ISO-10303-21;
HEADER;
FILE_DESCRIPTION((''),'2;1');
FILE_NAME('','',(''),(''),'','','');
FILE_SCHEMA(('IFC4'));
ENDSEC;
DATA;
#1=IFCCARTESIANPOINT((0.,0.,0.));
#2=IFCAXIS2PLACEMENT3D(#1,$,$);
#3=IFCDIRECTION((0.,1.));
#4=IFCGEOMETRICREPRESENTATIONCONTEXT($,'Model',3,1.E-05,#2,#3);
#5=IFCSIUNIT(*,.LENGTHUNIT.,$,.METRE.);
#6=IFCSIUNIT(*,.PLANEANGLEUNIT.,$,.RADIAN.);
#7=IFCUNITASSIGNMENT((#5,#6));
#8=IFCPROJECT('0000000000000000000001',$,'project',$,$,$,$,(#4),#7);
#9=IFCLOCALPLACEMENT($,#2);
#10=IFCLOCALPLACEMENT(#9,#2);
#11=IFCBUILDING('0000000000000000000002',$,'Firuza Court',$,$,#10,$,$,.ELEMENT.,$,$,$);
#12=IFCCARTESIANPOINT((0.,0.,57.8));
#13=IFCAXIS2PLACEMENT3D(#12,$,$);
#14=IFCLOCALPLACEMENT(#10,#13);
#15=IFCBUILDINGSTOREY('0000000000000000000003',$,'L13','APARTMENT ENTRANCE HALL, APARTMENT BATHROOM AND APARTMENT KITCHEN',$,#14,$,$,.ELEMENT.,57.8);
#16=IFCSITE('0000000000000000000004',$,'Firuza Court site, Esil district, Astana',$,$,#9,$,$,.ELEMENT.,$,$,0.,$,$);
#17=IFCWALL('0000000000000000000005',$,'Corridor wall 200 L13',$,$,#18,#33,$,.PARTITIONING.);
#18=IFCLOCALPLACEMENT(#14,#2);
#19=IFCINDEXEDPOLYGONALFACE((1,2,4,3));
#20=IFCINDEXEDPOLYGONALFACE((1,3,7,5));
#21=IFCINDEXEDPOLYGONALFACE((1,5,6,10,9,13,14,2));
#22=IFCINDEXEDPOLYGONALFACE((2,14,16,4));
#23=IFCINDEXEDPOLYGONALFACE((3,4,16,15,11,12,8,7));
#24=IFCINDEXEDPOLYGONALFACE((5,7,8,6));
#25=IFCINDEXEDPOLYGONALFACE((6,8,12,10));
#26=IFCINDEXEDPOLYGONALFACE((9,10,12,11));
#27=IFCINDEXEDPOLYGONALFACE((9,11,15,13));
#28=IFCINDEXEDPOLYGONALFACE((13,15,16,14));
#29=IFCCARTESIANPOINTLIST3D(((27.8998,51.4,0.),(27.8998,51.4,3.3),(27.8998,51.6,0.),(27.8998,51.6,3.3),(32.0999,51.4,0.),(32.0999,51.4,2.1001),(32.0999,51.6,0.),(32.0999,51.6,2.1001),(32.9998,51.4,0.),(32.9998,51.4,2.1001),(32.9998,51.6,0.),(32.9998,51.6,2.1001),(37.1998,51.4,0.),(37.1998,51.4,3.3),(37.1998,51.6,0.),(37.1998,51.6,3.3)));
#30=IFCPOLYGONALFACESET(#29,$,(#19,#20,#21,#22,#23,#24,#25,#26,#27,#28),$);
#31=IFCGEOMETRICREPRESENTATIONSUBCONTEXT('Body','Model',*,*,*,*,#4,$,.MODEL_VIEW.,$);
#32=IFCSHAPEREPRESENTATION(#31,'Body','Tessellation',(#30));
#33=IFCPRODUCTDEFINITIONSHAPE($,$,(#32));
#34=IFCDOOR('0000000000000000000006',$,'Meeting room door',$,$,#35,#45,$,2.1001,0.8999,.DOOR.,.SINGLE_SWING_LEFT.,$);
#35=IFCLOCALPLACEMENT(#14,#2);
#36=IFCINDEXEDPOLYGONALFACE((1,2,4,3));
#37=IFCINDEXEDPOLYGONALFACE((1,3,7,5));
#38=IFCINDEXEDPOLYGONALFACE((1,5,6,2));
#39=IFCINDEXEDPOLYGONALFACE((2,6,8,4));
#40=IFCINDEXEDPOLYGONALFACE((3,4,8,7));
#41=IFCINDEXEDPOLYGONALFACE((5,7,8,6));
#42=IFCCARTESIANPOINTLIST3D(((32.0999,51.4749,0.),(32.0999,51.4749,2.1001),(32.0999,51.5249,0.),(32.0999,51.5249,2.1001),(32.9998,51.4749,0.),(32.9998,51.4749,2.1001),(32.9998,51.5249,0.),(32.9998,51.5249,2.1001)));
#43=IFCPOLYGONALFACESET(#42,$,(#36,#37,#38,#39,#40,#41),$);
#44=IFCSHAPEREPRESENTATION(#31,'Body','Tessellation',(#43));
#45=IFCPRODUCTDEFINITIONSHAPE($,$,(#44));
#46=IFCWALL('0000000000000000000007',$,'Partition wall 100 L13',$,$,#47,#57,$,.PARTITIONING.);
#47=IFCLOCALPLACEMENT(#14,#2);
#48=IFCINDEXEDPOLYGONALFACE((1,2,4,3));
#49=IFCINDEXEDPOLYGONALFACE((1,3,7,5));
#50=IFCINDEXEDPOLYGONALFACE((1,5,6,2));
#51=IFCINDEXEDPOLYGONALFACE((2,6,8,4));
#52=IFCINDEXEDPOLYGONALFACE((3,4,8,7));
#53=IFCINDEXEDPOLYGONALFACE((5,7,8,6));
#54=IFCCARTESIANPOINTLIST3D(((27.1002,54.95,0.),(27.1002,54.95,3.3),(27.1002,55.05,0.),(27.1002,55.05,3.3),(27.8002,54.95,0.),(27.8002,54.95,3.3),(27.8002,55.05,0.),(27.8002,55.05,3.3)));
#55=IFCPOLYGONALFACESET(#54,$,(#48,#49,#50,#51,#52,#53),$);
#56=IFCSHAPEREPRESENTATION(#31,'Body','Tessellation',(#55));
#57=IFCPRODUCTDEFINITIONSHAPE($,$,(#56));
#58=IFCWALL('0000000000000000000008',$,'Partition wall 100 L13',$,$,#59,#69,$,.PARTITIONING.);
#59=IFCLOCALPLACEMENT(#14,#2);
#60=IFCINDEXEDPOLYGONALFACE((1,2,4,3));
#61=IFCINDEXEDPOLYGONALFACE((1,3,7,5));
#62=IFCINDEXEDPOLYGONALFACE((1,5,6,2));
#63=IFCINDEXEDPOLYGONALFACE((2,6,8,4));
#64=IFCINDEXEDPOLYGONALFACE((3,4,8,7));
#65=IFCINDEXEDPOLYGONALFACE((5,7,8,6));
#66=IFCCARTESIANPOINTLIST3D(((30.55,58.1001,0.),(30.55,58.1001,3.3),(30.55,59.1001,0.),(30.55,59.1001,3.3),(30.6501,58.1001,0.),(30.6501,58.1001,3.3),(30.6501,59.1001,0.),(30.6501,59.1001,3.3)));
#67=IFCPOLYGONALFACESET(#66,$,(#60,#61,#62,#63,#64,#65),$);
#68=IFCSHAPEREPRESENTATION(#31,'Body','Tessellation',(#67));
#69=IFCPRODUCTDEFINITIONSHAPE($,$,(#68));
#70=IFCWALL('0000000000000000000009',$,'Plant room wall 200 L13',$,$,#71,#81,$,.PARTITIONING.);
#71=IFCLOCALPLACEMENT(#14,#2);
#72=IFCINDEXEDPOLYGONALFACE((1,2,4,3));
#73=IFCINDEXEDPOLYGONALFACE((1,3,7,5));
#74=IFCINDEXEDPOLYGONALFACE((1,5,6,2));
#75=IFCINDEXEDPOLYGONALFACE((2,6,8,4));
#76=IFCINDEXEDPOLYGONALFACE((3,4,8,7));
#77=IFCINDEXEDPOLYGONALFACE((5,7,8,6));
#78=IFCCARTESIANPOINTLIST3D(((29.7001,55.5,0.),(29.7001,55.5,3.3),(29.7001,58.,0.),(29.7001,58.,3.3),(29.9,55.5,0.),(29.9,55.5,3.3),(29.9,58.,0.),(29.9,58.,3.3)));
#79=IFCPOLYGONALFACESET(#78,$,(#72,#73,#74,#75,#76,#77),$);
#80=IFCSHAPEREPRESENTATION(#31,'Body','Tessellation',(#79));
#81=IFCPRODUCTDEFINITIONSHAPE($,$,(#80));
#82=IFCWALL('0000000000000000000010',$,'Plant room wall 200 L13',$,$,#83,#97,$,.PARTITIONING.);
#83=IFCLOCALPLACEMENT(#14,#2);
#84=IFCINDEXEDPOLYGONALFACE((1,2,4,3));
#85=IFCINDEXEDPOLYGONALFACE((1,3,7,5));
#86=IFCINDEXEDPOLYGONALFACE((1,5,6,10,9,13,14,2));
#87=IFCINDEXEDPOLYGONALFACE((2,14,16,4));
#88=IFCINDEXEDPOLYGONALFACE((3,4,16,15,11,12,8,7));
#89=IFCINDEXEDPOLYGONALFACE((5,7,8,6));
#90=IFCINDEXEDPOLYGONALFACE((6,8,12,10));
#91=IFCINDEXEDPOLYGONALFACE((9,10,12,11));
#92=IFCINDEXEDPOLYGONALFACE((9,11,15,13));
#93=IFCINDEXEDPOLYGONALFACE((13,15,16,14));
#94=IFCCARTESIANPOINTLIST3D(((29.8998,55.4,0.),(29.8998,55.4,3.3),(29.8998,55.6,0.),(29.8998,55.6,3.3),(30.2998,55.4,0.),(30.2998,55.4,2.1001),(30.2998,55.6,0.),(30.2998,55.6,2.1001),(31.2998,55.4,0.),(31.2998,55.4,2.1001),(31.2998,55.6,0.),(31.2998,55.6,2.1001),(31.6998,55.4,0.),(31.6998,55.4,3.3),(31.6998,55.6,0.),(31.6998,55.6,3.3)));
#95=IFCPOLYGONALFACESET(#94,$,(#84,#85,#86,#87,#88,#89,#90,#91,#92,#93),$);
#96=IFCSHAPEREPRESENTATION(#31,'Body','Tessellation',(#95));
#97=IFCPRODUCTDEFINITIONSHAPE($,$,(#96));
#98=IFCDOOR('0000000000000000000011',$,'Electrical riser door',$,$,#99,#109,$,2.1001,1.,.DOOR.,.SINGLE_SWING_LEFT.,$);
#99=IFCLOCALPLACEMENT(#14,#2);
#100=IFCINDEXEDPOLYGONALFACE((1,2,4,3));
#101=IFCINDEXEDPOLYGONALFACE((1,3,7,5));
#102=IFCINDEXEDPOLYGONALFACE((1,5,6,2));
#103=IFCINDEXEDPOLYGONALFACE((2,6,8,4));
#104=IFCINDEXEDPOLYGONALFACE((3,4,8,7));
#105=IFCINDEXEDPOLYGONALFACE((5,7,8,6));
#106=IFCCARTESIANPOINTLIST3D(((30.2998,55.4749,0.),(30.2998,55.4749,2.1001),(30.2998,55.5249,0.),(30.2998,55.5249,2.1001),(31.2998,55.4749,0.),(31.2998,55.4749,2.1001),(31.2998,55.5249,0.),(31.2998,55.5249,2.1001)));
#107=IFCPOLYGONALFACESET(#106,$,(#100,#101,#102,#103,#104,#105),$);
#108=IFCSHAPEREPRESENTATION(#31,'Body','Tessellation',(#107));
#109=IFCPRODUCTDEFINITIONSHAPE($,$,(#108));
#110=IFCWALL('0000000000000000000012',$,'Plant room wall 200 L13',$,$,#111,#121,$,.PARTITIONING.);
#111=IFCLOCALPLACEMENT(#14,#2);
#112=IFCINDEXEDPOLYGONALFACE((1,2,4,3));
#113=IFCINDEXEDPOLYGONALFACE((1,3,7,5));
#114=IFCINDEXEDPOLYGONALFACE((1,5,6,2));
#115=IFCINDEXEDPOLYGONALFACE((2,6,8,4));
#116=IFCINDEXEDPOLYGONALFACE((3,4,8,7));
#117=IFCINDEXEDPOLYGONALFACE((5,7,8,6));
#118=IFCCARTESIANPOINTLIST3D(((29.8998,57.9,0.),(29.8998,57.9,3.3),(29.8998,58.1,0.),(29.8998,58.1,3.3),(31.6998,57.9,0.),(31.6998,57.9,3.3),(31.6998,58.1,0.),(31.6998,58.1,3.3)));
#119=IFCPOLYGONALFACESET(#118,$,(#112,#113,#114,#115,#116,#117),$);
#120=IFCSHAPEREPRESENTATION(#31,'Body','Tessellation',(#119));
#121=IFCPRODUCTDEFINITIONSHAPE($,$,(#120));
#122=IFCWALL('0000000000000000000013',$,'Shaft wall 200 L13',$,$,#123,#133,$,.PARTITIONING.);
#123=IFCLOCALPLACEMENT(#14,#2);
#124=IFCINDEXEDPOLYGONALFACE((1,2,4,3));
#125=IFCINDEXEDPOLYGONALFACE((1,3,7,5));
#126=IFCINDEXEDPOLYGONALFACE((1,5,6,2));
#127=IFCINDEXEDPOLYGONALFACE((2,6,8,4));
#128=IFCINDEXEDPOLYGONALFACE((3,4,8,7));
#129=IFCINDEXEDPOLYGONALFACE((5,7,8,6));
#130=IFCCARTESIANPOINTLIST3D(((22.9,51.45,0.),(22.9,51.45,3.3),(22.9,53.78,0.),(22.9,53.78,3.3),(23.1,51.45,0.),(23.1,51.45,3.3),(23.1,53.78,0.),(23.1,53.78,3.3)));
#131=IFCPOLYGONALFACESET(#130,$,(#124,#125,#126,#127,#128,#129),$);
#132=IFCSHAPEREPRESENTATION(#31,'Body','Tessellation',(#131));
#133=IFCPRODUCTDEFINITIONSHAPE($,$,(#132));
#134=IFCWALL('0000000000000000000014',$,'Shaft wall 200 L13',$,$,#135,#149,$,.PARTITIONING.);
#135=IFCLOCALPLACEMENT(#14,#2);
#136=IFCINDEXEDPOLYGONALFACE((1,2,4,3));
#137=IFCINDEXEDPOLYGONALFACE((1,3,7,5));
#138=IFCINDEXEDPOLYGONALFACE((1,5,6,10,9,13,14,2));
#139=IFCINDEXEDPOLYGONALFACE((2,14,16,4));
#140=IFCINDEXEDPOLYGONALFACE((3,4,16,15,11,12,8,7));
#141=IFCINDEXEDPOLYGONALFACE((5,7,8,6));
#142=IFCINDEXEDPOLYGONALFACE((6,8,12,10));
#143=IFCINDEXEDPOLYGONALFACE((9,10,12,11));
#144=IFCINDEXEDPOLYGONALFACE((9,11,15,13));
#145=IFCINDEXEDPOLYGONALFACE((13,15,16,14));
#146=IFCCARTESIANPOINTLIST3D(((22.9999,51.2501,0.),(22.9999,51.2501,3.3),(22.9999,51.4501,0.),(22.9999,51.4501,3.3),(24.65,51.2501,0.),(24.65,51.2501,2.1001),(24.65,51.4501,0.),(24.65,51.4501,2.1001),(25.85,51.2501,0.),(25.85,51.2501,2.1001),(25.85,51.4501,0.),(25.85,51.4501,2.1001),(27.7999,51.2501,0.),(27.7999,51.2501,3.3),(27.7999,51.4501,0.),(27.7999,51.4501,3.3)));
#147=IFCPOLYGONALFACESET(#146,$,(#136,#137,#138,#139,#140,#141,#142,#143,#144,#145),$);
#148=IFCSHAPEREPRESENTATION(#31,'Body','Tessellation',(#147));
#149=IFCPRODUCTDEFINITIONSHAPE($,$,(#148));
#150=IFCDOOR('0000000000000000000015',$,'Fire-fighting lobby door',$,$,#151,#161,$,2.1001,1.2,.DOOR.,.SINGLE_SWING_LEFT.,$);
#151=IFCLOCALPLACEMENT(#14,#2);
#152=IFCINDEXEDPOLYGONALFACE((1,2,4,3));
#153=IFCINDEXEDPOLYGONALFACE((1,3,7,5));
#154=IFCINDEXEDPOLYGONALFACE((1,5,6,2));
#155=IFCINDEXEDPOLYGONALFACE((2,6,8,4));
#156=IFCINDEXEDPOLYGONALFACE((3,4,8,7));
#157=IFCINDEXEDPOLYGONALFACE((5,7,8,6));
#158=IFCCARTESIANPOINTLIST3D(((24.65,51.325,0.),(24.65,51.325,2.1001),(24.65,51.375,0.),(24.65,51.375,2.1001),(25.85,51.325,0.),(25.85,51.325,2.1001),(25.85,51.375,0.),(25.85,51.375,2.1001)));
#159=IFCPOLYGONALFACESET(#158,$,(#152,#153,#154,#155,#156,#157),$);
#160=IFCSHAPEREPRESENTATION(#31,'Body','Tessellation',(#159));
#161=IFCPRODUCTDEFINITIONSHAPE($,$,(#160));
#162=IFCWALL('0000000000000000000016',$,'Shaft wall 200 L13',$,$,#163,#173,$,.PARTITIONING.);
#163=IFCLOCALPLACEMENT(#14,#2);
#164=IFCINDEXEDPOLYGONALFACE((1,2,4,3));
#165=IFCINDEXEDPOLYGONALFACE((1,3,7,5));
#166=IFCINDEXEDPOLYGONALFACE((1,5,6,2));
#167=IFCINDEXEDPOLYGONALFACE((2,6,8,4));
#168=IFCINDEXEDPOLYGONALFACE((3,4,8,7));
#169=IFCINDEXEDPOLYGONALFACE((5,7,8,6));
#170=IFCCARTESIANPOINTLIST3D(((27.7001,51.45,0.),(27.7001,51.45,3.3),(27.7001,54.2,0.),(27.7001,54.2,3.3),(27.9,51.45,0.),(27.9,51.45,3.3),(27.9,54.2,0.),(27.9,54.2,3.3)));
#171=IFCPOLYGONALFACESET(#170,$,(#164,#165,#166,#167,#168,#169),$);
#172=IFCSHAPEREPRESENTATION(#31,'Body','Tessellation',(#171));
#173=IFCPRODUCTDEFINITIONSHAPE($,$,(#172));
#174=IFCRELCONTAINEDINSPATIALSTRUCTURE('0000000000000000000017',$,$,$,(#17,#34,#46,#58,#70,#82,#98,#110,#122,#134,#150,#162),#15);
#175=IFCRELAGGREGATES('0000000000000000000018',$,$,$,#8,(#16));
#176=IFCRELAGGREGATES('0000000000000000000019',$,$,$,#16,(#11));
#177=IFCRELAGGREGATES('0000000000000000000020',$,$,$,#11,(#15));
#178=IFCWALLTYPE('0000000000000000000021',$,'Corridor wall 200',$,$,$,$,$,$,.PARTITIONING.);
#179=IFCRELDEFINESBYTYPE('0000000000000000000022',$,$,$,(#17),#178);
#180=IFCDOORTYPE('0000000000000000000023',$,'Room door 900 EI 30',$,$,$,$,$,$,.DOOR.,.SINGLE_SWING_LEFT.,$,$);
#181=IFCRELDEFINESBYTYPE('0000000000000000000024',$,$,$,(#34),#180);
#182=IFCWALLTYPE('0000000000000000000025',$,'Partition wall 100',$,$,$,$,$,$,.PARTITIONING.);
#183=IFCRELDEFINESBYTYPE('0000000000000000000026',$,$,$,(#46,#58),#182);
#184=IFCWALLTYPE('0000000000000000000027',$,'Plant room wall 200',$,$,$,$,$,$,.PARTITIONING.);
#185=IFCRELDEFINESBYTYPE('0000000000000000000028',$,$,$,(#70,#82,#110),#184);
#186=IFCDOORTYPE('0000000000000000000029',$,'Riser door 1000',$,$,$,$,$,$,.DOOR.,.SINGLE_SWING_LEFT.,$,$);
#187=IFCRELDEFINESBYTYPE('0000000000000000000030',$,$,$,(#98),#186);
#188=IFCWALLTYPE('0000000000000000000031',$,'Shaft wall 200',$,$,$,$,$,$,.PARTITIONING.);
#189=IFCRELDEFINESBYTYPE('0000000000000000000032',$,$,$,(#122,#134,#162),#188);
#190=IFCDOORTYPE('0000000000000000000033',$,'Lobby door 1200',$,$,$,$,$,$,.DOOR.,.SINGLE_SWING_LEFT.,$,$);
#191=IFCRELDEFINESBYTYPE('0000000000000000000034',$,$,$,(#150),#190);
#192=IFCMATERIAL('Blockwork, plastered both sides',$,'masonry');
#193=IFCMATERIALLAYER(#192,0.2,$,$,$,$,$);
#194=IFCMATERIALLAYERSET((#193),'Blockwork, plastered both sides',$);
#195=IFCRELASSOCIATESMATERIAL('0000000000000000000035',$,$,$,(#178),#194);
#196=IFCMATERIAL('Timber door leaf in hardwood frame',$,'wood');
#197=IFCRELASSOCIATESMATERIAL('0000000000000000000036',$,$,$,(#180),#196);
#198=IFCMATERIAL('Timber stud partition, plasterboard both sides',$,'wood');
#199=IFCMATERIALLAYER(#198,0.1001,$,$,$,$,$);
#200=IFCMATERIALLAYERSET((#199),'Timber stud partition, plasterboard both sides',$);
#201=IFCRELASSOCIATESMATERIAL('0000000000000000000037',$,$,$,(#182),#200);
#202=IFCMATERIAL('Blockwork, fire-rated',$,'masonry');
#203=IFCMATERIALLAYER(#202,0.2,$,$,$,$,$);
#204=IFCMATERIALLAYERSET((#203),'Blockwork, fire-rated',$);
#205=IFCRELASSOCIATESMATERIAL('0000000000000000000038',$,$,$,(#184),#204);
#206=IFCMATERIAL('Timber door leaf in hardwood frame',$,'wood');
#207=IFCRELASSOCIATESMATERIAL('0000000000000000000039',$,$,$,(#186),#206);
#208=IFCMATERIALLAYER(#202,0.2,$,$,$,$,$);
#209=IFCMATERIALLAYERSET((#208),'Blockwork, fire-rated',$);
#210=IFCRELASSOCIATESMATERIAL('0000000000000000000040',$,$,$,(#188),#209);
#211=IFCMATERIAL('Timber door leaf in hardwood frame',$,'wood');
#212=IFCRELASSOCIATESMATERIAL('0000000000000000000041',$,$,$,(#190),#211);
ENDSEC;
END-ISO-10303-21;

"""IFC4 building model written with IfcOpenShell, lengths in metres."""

from ifc_helpers import new_model, si_unit, direction, frame, frame_2d, origin, place, context, subcontext, project, spatial, rectangle, extrude, material, layer, layer_set, type_object, element, fill, save


model = new_model("IFC4")

# Units and contexts
model_context = context("Model", 3, precision=1e-05, world=origin(), true_north=direction((0.0, 1.0)))
body_context = subcontext(model_context, "Body", "Model", "MODEL_VIEW")
ifc_project = project(units=[si_unit("LENGTHUNIT", "METRE"), si_unit("PLANEANGLEUNIT", "RADIAN")], contexts=[model_context])

# Site, building, storey
site_placement = place(None, origin())
site = spatial("IfcSite", under=ifc_project, at=site_placement, Name="Firuza Court site, Esil district, Astana", CompositionType="ELEMENT", RefElevation=0.0)
building_placement = place(site_placement, origin())
building = spatial("IfcBuilding", under=site, at=building_placement, Name="Firuza Court", CompositionType="ELEMENT")
storey_placement = place(building_placement, frame((0.0, 0.0, 57.8)))
storey = spatial("IfcBuildingStorey", under=building, at=storey_placement, Name="L13", Description="APARTMENT ENTRANCE HALL, APARTMENT BATHROOM AND APARTMENT KITCHEN", CompositionType="ELEMENT", Elevation=57.8)

# Wall, opening, door
ifc_material_1 = material(Name="Blockwork, plastered both sides", Category="masonry")
ifc_layer_1 = layer(ifc_material_1, 0.2)
ifc_layer_set_1 = layer_set([ifc_layer_1], Name="Blockwork, plastered both sides")
wall_type_1 = type_object("IfcWallType", Name="Corridor wall 200", PredefinedType="PARTITIONING", material=ifc_layer_set_1)
wall_1_placement = place(storey_placement, frame((27.8999, 51.5, 0.0), z_axis=(0.0, 0.0, 1.0), x_axis=(1.0, 0.0, 0.0)))
wall_1 = element("IfcWall", 1, at=wall_1_placement, inside=storey, type_object=wall_type_1, Name="Corridor wall 200 L13", PredefinedType="PARTITIONING", context=body_context, shape_type="SweptSolid", body=[
    extrude(rectangle(XDim=9.3, YDim=0.2, at=frame_2d((4.6499, 0.0))), origin(), (0.0, 0.0, 1.0), 3.3),
])
opening_1_placement = place(wall_1_placement, frame((4.2, 0.0, 0.0)))
opening_1 = element("IfcOpeningElement", 2, at=opening_1_placement, cuts=wall_1, PredefinedType="OPENING", context=body_context, shape_type="SweptSolid", body=[
    extrude(rectangle(XDim=0.8999, YDim=2.1001, at=frame_2d((0.45, 1.05))), frame((0.0, 0.1118, 0.0), z_axis=(0.0, -1.0, 0.0), x_axis=(1.0, 0.0, 0.0)), (0.0, 0.0, 1.0), 0.2239),
])
ifc_material_2 = material(Name="Timber door leaf in hardwood frame", Category="wood")
door_type_1 = type_object("IfcDoorType", Name="Room door 900 EI 30", OperationType="SINGLE_SWING_LEFT", PredefinedType="DOOR", material=ifc_material_2)
door_1_placement = place(opening_1_placement, origin())
door_1 = element("IfcDoor", 3, at=door_1_placement, inside=storey, type_object=door_type_1, Name="Meeting room door", OperationType="SINGLE_SWING_LEFT", OverallHeight=2.1001, OverallWidth=0.8999, PredefinedType="DOOR", context=body_context, shape_type="SweptSolid", body=[
    extrude(rectangle(XDim=0.8999, YDim=2.1001, at=frame_2d((0.45, 1.05))), frame((0.0, 0.0249, 0.0), z_axis=(0.0, -1.0, 0.0), x_axis=(1.0, 0.0, 0.0)), (0.0, 0.0, 1.0), 0.05),
])
fill(opening_1, door_1)

# Walls
ifc_material_3 = material(Name="Timber stud partition, plasterboard both sides", Category="wood")
ifc_layer_2 = layer(ifc_material_3, 0.1001)
ifc_layer_set_2 = layer_set([ifc_layer_2], Name="Timber stud partition, plasterboard both sides")
wall_type_2 = type_object("IfcWallType", Name="Partition wall 100", PredefinedType="PARTITIONING", material=ifc_layer_set_2)
wall_2_placement = place(storey_placement, frame((27.1001, 55.0, 0.0), z_axis=(0.0, 0.0, 1.0), x_axis=(1.0, 0.0, 0.0)))
element("IfcWall", 4, at=wall_2_placement, inside=storey, type_object=wall_type_2, Name="Partition wall 100 L13", PredefinedType="PARTITIONING", context=body_context, shape_type="SweptSolid", body=[
    extrude(rectangle(XDim=0.7, YDim=0.1001, at=frame_2d((0.3501, 0.0))), origin(), (0.0, 0.0, 1.0), 3.3),
])
wall_3_placement = place(storey_placement, frame((30.6001, 58.1001, 0.0), z_axis=(0.0, 0.0, 1.0), x_axis=(0.0, 1.0, 0.0)))
element("IfcWall", 5, at=wall_3_placement, inside=storey, type_object=wall_type_2, Name="Partition wall 100 L13", PredefinedType="PARTITIONING", context=body_context, shape_type="SweptSolid", body=[
    extrude(rectangle(XDim=1.0, YDim=0.1001, at=frame_2d((0.5, 0.0))), origin(), (0.0, 0.0, 1.0), 3.3),
])
ifc_material_4 = material(Name="Blockwork, fire-rated", Category="masonry")
ifc_layer_3 = layer(ifc_material_4, 0.2)
ifc_layer_set_3 = layer_set([ifc_layer_3], Name="Blockwork, fire-rated")
wall_type_3 = type_object("IfcWallType", Name="Plant room wall 200", PredefinedType="PARTITIONING", material=ifc_layer_set_3)
wall_4_placement = place(storey_placement, frame((29.8, 55.5, 0.0), z_axis=(0.0, 0.0, 1.0), x_axis=(0.0, 1.0, 0.0)))
element("IfcWall", 6, at=wall_4_placement, inside=storey, type_object=wall_type_3, Name="Plant room wall 200 L13", PredefinedType="PARTITIONING", context=body_context, shape_type="SweptSolid", body=[
    extrude(rectangle(XDim=2.5, YDim=0.2, at=frame_2d((1.25, 0.0))), origin(), (0.0, 0.0, 1.0), 3.3),
])

# Wall, opening, door
wall_5_placement = place(storey_placement, frame((29.8999, 55.5, 0.0), z_axis=(0.0, 0.0, 1.0), x_axis=(1.0, 0.0, 0.0)))
wall_5 = element("IfcWall", 7, at=wall_5_placement, inside=storey, type_object=wall_type_3, Name="Plant room wall 200 L13", PredefinedType="PARTITIONING", context=body_context, shape_type="SweptSolid", body=[
    extrude(rectangle(XDim=1.8, YDim=0.2, at=frame_2d((0.8999, 0.0))), origin(), (0.0, 0.0, 1.0), 3.3),
])
opening_2_placement = place(wall_5_placement, frame((0.3999, 0.0, 0.0)))
opening_2 = element("IfcOpeningElement", 8, at=opening_2_placement, cuts=wall_5, PredefinedType="OPENING", context=body_context, shape_type="SweptSolid", body=[
    extrude(rectangle(XDim=1.0, YDim=2.1001, at=frame_2d((0.5, 1.05))), frame((0.0, 0.1118, 0.0), z_axis=(0.0, -1.0, 0.0), x_axis=(1.0, 0.0, 0.0)), (0.0, 0.0, 1.0), 0.2239),
])
ifc_material_5 = material(Name="Timber door leaf in hardwood frame", Category="wood")
door_type_2 = type_object("IfcDoorType", Name="Riser door 1000", OperationType="SINGLE_SWING_LEFT", PredefinedType="DOOR", material=ifc_material_5)
door_2_placement = place(opening_2_placement, origin())
door_2 = element("IfcDoor", 9, at=door_2_placement, inside=storey, type_object=door_type_2, Name="Electrical riser door", OperationType="SINGLE_SWING_LEFT", OverallHeight=2.1001, OverallWidth=1.0, PredefinedType="DOOR", context=body_context, shape_type="SweptSolid", body=[
    extrude(rectangle(XDim=1.0, YDim=2.1001, at=frame_2d((0.5, 1.05))), frame((0.0, 0.0249, 0.0), z_axis=(0.0, -1.0, 0.0), x_axis=(1.0, 0.0, 0.0)), (0.0, 0.0, 1.0), 0.05),
])
fill(opening_2, door_2)

# Walls
wall_6_placement = place(storey_placement, frame((29.8999, 58.0, 0.0), z_axis=(0.0, 0.0, 1.0), x_axis=(1.0, 0.0, 0.0)))
element("IfcWall", 10, at=wall_6_placement, inside=storey, type_object=wall_type_3, Name="Plant room wall 200 L13", PredefinedType="PARTITIONING", context=body_context, shape_type="SweptSolid", body=[
    extrude(rectangle(XDim=1.8, YDim=0.2, at=frame_2d((0.8999, 0.0))), origin(), (0.0, 0.0, 1.0), 3.3),
])
ifc_layer_4 = layer(ifc_material_4, 0.2)
ifc_layer_set_4 = layer_set([ifc_layer_4], Name="Blockwork, fire-rated")
wall_type_4 = type_object("IfcWallType", Name="Shaft wall 200", PredefinedType="PARTITIONING", material=ifc_layer_set_4)
wall_7_placement = place(storey_placement, frame((23.0, 51.45, 0.0), z_axis=(0.0, 0.0, 1.0), x_axis=(0.0, 1.0, 0.0)))
element("IfcWall", 11, at=wall_7_placement, inside=storey, type_object=wall_type_4, Name="Shaft wall 200 L13", PredefinedType="PARTITIONING", context=body_context, shape_type="SweptSolid", body=[
    extrude(rectangle(XDim=2.3301, YDim=0.2, at=frame_2d((1.165, 0.0))), origin(), (0.0, 0.0, 1.0), 3.3),
])

# Wall, opening, door
wall_8_placement = place(storey_placement, frame((23.0, 51.3501, 0.0), z_axis=(0.0, 0.0, 1.0), x_axis=(1.0, 0.0, 0.0)))
wall_8 = element("IfcWall", 12, at=wall_8_placement, inside=storey, type_object=wall_type_4, Name="Shaft wall 200 L13", PredefinedType="PARTITIONING", context=body_context, shape_type="SweptSolid", body=[
    extrude(rectangle(XDim=4.8, YDim=0.2, at=frame_2d((2.3999, 0.0))), origin(), (0.0, 0.0, 1.0), 3.3),
])
opening_3_placement = place(wall_8_placement, frame((1.6499, 0.0, 0.0)))
opening_3 = element("IfcOpeningElement", 13, at=opening_3_placement, cuts=wall_8, PredefinedType="OPENING", context=body_context, shape_type="SweptSolid", body=[
    extrude(rectangle(XDim=1.2, YDim=2.1001, at=frame_2d((0.6001, 1.05))), frame((0.0, 0.1118, 0.0), z_axis=(0.0, -1.0, 0.0), x_axis=(1.0, 0.0, 0.0)), (0.0, 0.0, 1.0), 0.2239),
])
ifc_material_6 = material(Name="Timber door leaf in hardwood frame", Category="wood")
door_type_3 = type_object("IfcDoorType", Name="Lobby door 1200", OperationType="SINGLE_SWING_LEFT", PredefinedType="DOOR", material=ifc_material_6)
door_3_placement = place(opening_3_placement, origin())
door_3 = element("IfcDoor", 14, at=door_3_placement, inside=storey, type_object=door_type_3, Name="Fire-fighting lobby door", OperationType="SINGLE_SWING_LEFT", OverallHeight=2.1001, OverallWidth=1.2, PredefinedType="DOOR", context=body_context, shape_type="SweptSolid", body=[
    extrude(rectangle(XDim=1.2, YDim=2.1001, at=frame_2d((0.6001, 1.05))), frame((0.0, 0.0249, 0.0), z_axis=(0.0, -1.0, 0.0), x_axis=(1.0, 0.0, 0.0)), (0.0, 0.0, 1.0), 0.05),
])
fill(opening_3, door_3)

# Wall
wall_9_placement = place(storey_placement, frame((27.8, 51.45, 0.0), z_axis=(0.0, 0.0, 1.0), x_axis=(0.0, 1.0, 0.0)))
element("IfcWall", 15, at=wall_9_placement, inside=storey, type_object=wall_type_4, Name="Shaft wall 200 L13", PredefinedType="PARTITIONING", context=body_context, shape_type="SweptSolid", body=[
    extrude(rectangle(XDim=2.75, YDim=0.2, at=frame_2d((1.375, 0.0))), origin(), (0.0, 0.0, 1.0), 3.3),
])

save(model, "model.ifc")
